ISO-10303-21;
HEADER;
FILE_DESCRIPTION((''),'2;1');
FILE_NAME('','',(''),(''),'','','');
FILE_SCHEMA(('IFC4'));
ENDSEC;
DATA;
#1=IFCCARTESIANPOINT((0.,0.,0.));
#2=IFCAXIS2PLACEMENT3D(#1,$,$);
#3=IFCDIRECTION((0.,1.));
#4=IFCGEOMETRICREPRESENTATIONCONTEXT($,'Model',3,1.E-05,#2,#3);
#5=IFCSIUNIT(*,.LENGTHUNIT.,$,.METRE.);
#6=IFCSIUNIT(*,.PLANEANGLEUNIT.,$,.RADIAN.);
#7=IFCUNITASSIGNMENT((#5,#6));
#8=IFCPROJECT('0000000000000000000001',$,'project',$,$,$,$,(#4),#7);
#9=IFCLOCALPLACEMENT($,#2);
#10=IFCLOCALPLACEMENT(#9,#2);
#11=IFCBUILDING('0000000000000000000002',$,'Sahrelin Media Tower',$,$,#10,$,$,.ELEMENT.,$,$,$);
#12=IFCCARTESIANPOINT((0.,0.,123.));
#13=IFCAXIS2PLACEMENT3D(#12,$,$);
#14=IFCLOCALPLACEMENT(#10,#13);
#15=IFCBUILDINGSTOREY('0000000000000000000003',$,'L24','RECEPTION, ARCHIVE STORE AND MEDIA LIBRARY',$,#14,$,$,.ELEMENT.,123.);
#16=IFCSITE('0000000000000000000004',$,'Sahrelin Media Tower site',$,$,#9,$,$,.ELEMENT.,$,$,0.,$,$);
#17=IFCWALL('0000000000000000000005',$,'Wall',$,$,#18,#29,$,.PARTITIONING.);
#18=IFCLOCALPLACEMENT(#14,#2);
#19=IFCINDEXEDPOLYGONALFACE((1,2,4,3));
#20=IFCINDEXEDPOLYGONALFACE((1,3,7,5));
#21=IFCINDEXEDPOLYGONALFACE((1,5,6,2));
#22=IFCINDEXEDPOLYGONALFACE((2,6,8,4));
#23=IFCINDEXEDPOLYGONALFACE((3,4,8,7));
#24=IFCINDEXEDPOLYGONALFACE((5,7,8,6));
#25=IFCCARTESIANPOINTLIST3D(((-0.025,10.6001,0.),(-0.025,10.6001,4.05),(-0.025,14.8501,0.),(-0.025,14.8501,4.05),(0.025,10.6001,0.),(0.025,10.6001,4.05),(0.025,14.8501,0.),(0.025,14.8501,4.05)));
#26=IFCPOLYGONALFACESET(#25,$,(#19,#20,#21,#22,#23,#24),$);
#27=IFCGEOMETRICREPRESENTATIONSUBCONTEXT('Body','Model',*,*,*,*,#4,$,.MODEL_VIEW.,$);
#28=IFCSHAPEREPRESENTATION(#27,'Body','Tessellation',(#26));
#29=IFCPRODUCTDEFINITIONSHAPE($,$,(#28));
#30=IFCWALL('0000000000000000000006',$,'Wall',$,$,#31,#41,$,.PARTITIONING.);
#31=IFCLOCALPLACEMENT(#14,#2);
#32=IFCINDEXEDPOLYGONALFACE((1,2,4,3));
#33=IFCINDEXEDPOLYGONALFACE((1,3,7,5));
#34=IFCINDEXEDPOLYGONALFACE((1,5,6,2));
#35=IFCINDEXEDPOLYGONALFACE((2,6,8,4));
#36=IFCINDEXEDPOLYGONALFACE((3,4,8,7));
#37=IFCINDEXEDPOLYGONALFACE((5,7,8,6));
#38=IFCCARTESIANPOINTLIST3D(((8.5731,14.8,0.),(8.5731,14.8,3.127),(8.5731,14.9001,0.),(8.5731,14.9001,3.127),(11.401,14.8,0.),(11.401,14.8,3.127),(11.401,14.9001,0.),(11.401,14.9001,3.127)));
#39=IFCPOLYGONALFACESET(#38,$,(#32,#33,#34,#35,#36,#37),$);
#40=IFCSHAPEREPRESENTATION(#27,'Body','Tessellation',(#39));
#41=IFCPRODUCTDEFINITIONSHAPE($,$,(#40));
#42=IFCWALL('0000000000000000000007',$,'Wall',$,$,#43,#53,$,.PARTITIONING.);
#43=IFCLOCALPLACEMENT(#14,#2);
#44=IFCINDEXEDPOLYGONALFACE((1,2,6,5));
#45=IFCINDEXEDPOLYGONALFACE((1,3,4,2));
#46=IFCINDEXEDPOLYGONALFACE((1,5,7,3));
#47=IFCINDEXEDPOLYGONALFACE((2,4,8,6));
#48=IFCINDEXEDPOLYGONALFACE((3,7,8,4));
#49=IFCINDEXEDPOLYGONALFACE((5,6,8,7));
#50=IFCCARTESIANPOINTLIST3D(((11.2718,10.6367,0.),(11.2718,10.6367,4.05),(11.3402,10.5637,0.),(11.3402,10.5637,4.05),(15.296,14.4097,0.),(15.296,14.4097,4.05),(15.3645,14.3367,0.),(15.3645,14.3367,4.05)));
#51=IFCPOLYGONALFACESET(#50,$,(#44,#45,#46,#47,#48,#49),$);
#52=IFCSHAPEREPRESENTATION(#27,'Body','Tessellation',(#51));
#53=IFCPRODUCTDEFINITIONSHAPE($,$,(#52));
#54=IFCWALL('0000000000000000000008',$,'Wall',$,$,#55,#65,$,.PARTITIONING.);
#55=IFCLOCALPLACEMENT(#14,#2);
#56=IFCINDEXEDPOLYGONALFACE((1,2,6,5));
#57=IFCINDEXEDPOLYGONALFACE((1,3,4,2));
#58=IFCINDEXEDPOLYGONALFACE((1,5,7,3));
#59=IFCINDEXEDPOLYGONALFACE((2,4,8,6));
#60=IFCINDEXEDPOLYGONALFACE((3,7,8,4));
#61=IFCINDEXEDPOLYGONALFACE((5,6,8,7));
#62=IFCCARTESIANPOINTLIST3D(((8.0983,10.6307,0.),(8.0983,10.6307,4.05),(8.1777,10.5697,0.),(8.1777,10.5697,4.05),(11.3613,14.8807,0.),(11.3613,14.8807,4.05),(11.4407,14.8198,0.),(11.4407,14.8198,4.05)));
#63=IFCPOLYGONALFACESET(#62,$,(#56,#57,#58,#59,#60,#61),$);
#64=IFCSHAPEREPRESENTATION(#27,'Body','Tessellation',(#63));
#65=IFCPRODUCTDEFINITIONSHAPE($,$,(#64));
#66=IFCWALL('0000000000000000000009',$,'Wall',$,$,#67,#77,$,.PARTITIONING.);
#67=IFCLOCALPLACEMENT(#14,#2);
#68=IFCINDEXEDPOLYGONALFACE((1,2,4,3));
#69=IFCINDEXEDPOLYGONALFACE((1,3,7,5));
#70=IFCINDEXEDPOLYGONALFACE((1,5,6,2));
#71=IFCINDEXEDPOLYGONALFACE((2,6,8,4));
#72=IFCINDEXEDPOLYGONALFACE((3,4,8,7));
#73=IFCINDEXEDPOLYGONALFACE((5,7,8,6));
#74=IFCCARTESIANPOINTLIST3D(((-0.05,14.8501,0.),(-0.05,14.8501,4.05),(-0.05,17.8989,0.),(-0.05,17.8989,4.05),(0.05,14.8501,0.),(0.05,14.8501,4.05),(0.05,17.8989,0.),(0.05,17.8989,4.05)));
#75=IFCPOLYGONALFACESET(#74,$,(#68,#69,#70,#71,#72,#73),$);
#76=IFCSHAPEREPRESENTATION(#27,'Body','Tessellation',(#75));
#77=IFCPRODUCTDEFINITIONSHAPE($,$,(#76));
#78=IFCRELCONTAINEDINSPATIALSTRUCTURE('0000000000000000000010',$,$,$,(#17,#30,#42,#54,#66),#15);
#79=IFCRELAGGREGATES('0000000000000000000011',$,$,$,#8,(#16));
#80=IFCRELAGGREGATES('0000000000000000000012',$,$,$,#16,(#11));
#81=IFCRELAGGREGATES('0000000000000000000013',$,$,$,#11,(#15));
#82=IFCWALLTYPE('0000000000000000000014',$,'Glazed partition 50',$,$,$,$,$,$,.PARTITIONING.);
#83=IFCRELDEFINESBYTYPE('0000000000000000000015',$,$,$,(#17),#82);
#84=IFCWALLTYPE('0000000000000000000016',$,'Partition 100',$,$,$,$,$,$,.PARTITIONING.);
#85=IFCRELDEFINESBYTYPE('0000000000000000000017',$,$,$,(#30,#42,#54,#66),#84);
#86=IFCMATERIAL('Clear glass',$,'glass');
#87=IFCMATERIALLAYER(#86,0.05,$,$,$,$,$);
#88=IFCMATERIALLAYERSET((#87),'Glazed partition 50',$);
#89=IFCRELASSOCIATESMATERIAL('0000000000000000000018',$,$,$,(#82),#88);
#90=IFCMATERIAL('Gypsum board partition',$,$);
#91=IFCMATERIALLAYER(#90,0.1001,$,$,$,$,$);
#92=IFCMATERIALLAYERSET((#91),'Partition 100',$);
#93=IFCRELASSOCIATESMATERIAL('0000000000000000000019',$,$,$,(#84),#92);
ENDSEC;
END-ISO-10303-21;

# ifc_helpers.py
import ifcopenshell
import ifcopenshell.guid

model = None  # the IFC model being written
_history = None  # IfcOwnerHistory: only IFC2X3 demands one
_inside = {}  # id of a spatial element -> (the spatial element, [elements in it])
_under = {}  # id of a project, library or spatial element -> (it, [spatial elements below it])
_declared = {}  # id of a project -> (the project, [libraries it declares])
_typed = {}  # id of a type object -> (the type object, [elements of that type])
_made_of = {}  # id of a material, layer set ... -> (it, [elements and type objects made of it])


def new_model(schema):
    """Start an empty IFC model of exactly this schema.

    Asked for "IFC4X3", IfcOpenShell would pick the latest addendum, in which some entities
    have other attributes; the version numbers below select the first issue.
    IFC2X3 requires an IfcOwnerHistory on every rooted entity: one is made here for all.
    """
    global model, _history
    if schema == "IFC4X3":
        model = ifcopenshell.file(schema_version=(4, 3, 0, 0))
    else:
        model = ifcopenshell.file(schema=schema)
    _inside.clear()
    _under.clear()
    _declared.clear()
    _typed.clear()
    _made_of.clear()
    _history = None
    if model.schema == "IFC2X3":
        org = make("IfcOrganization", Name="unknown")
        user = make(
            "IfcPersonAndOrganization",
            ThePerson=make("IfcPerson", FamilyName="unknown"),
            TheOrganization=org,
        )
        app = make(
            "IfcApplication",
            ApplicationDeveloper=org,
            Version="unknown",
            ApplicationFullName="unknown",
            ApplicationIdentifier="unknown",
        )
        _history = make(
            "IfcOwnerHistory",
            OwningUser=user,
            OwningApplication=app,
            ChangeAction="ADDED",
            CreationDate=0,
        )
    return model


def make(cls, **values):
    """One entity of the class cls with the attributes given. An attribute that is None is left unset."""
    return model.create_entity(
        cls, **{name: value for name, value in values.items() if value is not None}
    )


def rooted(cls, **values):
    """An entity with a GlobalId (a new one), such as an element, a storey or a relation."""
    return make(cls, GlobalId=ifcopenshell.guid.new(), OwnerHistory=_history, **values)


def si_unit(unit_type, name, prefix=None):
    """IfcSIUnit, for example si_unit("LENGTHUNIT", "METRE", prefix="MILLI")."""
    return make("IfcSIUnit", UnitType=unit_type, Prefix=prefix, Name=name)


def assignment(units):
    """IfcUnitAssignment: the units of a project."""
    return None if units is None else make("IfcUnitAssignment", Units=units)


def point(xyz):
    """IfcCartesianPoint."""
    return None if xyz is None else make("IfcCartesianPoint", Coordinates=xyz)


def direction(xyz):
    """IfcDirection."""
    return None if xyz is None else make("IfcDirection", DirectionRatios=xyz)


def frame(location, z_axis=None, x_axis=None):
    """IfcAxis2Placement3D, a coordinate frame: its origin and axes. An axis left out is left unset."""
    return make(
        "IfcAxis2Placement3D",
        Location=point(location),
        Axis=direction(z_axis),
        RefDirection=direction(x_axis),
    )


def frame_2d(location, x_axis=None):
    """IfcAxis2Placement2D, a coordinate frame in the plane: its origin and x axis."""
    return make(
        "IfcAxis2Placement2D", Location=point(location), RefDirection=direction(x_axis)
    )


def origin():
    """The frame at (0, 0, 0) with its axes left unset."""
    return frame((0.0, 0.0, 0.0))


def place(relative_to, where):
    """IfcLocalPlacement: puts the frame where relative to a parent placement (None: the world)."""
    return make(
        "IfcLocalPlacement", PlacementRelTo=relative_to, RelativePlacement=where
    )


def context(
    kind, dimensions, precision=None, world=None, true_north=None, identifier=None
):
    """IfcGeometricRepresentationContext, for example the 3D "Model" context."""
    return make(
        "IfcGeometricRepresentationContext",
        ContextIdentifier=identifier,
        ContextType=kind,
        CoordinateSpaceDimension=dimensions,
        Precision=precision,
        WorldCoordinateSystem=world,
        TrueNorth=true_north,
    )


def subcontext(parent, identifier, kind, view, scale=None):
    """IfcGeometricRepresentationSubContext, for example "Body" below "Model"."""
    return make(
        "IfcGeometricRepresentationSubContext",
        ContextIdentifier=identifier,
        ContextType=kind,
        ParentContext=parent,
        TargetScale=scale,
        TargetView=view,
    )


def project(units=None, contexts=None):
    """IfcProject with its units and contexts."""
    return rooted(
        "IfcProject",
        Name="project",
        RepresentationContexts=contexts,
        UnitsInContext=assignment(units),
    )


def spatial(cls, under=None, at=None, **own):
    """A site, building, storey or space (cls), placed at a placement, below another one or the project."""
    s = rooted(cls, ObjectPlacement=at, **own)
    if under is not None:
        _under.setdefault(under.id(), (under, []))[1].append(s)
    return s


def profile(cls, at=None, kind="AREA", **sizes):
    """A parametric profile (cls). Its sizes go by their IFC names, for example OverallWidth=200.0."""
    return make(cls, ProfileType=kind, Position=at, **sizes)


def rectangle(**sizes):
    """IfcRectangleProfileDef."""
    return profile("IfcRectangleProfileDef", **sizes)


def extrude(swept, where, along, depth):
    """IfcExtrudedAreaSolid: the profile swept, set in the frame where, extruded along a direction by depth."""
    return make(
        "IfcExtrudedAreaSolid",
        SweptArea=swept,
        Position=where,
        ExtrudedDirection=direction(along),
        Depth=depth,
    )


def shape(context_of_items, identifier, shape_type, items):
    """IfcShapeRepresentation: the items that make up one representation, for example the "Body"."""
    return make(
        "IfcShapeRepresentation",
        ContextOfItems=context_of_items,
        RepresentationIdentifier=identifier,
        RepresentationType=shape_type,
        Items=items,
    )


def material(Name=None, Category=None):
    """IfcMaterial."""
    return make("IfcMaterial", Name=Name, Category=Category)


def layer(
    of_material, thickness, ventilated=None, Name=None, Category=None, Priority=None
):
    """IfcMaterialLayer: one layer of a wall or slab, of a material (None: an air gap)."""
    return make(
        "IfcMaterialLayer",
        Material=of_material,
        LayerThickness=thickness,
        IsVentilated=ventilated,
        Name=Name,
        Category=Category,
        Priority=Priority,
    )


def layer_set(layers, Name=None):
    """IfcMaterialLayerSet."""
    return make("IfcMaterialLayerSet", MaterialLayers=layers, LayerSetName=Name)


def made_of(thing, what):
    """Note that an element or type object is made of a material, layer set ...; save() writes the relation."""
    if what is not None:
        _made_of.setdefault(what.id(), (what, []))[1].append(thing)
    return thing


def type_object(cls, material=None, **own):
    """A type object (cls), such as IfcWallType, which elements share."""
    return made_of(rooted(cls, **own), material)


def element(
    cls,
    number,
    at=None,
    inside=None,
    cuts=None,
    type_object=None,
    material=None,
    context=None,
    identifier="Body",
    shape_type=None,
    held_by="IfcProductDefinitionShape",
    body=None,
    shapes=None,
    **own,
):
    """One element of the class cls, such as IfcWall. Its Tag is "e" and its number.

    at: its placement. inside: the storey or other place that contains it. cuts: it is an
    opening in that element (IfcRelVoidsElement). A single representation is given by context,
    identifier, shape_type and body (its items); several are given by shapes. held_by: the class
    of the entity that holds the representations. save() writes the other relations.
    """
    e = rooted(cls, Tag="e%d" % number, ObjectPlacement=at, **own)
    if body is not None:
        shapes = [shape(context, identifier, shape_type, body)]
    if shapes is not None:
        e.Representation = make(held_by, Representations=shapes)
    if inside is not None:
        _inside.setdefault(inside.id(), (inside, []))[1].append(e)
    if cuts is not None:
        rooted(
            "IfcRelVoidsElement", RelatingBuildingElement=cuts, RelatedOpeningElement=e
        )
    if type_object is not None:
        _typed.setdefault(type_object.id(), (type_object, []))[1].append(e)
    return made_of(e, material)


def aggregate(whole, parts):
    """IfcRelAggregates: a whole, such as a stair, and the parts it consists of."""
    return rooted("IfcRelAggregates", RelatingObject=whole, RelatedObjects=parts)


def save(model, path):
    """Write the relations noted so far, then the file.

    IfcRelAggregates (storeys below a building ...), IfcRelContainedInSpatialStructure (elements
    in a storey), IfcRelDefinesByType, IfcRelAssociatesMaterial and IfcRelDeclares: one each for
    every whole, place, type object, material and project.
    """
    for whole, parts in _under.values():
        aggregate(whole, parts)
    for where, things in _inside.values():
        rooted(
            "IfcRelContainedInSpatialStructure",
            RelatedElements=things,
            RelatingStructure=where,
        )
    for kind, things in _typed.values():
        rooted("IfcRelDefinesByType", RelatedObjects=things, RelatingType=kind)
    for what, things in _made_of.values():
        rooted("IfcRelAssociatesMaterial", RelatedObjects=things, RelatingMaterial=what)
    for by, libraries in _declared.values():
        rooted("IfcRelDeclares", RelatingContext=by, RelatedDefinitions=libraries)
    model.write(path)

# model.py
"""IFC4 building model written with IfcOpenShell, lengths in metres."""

from ifc_helpers import new_model, si_unit, direction, frame, frame_2d, origin, place, context, subcontext, project, spatial, rectangle, extrude, material, layer, layer_set, type_object, element, save


model = new_model("IFC4")

# Units and contexts
model_context = context("Model", 3, precision=1e-05, world=origin(), true_north=direction((0.0, 1.0)))
body_context = subcontext(model_context, "Body", "Model", "MODEL_VIEW")
ifc_project = project(units=[si_unit("LENGTHUNIT", "METRE"), si_unit("PLANEANGLEUNIT", "RADIAN")], contexts=[model_context])

# Site, building, storey
site_placement = place(None, origin())
site = spatial("IfcSite", under=ifc_project, at=site_placement, Name="Sahrelin Media Tower site", CompositionType="ELEMENT", RefElevation=0.0)
building_placement = place(site_placement, origin())
building = spatial("IfcBuilding", under=site, at=building_placement, Name="Sahrelin Media Tower", CompositionType="ELEMENT")
storey_placement = place(building_placement, frame((0.0, 0.0, 123.0)))
storey = spatial("IfcBuildingStorey", under=building, at=storey_placement, Name="L24", Description="RECEPTION, ARCHIVE STORE AND MEDIA LIBRARY", CompositionType="ELEMENT", Elevation=123.0)

# Walls
ifc_material_1 = material(Name="Clear glass", Category="glass")
ifc_layer_1 = layer(ifc_material_1, 0.05)
ifc_layer_set_1 = layer_set([ifc_layer_1], Name="Glazed partition 50")
wall_type_1 = type_object("IfcWallType", Name="Glazed partition 50", PredefinedType="PARTITIONING", material=ifc_layer_set_1)
wall_1_placement = place(storey_placement, frame((0.0, 10.6001, 0.0), z_axis=(0.0, 0.0, 1.0), x_axis=(0.0, 1.0, 0.0)))
element("IfcWall", 1, at=wall_1_placement, inside=storey, type_object=wall_type_1, Name="Wall", PredefinedType="PARTITIONING", context=body_context, shape_type="SweptSolid", body=[
    extrude(rectangle(XDim=4.25, YDim=0.05, at=frame_2d((2.125, 0.0))), origin(), (0.0, 0.0, 1.0), 4.05),
])
ifc_material_2 = material(Name="Gypsum board partition")
ifc_layer_2 = layer(ifc_material_2, 0.1001)
ifc_layer_set_2 = layer_set([ifc_layer_2], Name="Partition 100")
wall_type_2 = type_object("IfcWallType", Name="Partition 100", PredefinedType="PARTITIONING", material=ifc_layer_set_2)
wall_2_placement = place(storey_placement, frame((8.573, 14.8501, 0.0), z_axis=(0.0, 0.0, 1.0), x_axis=(1.0, 0.0, 0.0)))
element("IfcWall", 2, at=wall_2_placement, inside=storey, type_object=wall_type_2, Name="Wall", PredefinedType="PARTITIONING", context=body_context, shape_type="SweptSolid", body=[
    extrude(rectangle(XDim=2.8279, YDim=0.1001, at=frame_2d((1.4141, 0.0))), origin(), (0.0, 0.0, 1.0), 3.127),
])
wall_3_placement = place(storey_placement, frame((11.3059, 10.6001, 0.0), z_axis=(0.0, 0.0, 1.0), x_axis=(0.729511, 0.683969, 0.0)))
element("IfcWall", 3, at=wall_3_placement, inside=storey, type_object=wall_type_2, Name="Wall", PredefinedType="PARTITIONING", context=body_context, shape_type="SweptSolid", body=[
    extrude(rectangle(XDim=5.5164, YDim=0.1001, at=frame_2d((2.7583, 0.0))), origin(), (0.0, 0.0, 1.0), 4.05),
])
wall_4_placement = place(storey_placement, frame((8.1379, 10.6001, 0.0), z_axis=(0.0, 0.0, 1.0), x_axis=(0.608973, 0.793191, 0.0)))
element("IfcWall", 4, at=wall_4_placement, inside=storey, type_object=wall_type_2, Name="Wall", PredefinedType="PARTITIONING", context=body_context, shape_type="SweptSolid", body=[
    extrude(rectangle(XDim=5.3582, YDim=0.1001, at=frame_2d((2.6792, 0.0))), origin(), (0.0, 0.0, 1.0), 4.05),
])
wall_5_placement = place(storey_placement, frame((0.0, 14.8501, 0.0), z_axis=(0.0, 0.0, 1.0), x_axis=(0.0, 1.0, 0.0)))
element("IfcWall", 5, at=wall_5_placement, inside=storey, type_object=wall_type_2, Name="Wall", PredefinedType="PARTITIONING", context=body_context, shape_type="SweptSolid", body=[
    extrude(rectangle(XDim=3.0488, YDim=0.1001, at=frame_2d((1.5244, 0.0))), origin(), (0.0, 0.0, 1.0), 4.05),
])

save(model, "model.ifc")
